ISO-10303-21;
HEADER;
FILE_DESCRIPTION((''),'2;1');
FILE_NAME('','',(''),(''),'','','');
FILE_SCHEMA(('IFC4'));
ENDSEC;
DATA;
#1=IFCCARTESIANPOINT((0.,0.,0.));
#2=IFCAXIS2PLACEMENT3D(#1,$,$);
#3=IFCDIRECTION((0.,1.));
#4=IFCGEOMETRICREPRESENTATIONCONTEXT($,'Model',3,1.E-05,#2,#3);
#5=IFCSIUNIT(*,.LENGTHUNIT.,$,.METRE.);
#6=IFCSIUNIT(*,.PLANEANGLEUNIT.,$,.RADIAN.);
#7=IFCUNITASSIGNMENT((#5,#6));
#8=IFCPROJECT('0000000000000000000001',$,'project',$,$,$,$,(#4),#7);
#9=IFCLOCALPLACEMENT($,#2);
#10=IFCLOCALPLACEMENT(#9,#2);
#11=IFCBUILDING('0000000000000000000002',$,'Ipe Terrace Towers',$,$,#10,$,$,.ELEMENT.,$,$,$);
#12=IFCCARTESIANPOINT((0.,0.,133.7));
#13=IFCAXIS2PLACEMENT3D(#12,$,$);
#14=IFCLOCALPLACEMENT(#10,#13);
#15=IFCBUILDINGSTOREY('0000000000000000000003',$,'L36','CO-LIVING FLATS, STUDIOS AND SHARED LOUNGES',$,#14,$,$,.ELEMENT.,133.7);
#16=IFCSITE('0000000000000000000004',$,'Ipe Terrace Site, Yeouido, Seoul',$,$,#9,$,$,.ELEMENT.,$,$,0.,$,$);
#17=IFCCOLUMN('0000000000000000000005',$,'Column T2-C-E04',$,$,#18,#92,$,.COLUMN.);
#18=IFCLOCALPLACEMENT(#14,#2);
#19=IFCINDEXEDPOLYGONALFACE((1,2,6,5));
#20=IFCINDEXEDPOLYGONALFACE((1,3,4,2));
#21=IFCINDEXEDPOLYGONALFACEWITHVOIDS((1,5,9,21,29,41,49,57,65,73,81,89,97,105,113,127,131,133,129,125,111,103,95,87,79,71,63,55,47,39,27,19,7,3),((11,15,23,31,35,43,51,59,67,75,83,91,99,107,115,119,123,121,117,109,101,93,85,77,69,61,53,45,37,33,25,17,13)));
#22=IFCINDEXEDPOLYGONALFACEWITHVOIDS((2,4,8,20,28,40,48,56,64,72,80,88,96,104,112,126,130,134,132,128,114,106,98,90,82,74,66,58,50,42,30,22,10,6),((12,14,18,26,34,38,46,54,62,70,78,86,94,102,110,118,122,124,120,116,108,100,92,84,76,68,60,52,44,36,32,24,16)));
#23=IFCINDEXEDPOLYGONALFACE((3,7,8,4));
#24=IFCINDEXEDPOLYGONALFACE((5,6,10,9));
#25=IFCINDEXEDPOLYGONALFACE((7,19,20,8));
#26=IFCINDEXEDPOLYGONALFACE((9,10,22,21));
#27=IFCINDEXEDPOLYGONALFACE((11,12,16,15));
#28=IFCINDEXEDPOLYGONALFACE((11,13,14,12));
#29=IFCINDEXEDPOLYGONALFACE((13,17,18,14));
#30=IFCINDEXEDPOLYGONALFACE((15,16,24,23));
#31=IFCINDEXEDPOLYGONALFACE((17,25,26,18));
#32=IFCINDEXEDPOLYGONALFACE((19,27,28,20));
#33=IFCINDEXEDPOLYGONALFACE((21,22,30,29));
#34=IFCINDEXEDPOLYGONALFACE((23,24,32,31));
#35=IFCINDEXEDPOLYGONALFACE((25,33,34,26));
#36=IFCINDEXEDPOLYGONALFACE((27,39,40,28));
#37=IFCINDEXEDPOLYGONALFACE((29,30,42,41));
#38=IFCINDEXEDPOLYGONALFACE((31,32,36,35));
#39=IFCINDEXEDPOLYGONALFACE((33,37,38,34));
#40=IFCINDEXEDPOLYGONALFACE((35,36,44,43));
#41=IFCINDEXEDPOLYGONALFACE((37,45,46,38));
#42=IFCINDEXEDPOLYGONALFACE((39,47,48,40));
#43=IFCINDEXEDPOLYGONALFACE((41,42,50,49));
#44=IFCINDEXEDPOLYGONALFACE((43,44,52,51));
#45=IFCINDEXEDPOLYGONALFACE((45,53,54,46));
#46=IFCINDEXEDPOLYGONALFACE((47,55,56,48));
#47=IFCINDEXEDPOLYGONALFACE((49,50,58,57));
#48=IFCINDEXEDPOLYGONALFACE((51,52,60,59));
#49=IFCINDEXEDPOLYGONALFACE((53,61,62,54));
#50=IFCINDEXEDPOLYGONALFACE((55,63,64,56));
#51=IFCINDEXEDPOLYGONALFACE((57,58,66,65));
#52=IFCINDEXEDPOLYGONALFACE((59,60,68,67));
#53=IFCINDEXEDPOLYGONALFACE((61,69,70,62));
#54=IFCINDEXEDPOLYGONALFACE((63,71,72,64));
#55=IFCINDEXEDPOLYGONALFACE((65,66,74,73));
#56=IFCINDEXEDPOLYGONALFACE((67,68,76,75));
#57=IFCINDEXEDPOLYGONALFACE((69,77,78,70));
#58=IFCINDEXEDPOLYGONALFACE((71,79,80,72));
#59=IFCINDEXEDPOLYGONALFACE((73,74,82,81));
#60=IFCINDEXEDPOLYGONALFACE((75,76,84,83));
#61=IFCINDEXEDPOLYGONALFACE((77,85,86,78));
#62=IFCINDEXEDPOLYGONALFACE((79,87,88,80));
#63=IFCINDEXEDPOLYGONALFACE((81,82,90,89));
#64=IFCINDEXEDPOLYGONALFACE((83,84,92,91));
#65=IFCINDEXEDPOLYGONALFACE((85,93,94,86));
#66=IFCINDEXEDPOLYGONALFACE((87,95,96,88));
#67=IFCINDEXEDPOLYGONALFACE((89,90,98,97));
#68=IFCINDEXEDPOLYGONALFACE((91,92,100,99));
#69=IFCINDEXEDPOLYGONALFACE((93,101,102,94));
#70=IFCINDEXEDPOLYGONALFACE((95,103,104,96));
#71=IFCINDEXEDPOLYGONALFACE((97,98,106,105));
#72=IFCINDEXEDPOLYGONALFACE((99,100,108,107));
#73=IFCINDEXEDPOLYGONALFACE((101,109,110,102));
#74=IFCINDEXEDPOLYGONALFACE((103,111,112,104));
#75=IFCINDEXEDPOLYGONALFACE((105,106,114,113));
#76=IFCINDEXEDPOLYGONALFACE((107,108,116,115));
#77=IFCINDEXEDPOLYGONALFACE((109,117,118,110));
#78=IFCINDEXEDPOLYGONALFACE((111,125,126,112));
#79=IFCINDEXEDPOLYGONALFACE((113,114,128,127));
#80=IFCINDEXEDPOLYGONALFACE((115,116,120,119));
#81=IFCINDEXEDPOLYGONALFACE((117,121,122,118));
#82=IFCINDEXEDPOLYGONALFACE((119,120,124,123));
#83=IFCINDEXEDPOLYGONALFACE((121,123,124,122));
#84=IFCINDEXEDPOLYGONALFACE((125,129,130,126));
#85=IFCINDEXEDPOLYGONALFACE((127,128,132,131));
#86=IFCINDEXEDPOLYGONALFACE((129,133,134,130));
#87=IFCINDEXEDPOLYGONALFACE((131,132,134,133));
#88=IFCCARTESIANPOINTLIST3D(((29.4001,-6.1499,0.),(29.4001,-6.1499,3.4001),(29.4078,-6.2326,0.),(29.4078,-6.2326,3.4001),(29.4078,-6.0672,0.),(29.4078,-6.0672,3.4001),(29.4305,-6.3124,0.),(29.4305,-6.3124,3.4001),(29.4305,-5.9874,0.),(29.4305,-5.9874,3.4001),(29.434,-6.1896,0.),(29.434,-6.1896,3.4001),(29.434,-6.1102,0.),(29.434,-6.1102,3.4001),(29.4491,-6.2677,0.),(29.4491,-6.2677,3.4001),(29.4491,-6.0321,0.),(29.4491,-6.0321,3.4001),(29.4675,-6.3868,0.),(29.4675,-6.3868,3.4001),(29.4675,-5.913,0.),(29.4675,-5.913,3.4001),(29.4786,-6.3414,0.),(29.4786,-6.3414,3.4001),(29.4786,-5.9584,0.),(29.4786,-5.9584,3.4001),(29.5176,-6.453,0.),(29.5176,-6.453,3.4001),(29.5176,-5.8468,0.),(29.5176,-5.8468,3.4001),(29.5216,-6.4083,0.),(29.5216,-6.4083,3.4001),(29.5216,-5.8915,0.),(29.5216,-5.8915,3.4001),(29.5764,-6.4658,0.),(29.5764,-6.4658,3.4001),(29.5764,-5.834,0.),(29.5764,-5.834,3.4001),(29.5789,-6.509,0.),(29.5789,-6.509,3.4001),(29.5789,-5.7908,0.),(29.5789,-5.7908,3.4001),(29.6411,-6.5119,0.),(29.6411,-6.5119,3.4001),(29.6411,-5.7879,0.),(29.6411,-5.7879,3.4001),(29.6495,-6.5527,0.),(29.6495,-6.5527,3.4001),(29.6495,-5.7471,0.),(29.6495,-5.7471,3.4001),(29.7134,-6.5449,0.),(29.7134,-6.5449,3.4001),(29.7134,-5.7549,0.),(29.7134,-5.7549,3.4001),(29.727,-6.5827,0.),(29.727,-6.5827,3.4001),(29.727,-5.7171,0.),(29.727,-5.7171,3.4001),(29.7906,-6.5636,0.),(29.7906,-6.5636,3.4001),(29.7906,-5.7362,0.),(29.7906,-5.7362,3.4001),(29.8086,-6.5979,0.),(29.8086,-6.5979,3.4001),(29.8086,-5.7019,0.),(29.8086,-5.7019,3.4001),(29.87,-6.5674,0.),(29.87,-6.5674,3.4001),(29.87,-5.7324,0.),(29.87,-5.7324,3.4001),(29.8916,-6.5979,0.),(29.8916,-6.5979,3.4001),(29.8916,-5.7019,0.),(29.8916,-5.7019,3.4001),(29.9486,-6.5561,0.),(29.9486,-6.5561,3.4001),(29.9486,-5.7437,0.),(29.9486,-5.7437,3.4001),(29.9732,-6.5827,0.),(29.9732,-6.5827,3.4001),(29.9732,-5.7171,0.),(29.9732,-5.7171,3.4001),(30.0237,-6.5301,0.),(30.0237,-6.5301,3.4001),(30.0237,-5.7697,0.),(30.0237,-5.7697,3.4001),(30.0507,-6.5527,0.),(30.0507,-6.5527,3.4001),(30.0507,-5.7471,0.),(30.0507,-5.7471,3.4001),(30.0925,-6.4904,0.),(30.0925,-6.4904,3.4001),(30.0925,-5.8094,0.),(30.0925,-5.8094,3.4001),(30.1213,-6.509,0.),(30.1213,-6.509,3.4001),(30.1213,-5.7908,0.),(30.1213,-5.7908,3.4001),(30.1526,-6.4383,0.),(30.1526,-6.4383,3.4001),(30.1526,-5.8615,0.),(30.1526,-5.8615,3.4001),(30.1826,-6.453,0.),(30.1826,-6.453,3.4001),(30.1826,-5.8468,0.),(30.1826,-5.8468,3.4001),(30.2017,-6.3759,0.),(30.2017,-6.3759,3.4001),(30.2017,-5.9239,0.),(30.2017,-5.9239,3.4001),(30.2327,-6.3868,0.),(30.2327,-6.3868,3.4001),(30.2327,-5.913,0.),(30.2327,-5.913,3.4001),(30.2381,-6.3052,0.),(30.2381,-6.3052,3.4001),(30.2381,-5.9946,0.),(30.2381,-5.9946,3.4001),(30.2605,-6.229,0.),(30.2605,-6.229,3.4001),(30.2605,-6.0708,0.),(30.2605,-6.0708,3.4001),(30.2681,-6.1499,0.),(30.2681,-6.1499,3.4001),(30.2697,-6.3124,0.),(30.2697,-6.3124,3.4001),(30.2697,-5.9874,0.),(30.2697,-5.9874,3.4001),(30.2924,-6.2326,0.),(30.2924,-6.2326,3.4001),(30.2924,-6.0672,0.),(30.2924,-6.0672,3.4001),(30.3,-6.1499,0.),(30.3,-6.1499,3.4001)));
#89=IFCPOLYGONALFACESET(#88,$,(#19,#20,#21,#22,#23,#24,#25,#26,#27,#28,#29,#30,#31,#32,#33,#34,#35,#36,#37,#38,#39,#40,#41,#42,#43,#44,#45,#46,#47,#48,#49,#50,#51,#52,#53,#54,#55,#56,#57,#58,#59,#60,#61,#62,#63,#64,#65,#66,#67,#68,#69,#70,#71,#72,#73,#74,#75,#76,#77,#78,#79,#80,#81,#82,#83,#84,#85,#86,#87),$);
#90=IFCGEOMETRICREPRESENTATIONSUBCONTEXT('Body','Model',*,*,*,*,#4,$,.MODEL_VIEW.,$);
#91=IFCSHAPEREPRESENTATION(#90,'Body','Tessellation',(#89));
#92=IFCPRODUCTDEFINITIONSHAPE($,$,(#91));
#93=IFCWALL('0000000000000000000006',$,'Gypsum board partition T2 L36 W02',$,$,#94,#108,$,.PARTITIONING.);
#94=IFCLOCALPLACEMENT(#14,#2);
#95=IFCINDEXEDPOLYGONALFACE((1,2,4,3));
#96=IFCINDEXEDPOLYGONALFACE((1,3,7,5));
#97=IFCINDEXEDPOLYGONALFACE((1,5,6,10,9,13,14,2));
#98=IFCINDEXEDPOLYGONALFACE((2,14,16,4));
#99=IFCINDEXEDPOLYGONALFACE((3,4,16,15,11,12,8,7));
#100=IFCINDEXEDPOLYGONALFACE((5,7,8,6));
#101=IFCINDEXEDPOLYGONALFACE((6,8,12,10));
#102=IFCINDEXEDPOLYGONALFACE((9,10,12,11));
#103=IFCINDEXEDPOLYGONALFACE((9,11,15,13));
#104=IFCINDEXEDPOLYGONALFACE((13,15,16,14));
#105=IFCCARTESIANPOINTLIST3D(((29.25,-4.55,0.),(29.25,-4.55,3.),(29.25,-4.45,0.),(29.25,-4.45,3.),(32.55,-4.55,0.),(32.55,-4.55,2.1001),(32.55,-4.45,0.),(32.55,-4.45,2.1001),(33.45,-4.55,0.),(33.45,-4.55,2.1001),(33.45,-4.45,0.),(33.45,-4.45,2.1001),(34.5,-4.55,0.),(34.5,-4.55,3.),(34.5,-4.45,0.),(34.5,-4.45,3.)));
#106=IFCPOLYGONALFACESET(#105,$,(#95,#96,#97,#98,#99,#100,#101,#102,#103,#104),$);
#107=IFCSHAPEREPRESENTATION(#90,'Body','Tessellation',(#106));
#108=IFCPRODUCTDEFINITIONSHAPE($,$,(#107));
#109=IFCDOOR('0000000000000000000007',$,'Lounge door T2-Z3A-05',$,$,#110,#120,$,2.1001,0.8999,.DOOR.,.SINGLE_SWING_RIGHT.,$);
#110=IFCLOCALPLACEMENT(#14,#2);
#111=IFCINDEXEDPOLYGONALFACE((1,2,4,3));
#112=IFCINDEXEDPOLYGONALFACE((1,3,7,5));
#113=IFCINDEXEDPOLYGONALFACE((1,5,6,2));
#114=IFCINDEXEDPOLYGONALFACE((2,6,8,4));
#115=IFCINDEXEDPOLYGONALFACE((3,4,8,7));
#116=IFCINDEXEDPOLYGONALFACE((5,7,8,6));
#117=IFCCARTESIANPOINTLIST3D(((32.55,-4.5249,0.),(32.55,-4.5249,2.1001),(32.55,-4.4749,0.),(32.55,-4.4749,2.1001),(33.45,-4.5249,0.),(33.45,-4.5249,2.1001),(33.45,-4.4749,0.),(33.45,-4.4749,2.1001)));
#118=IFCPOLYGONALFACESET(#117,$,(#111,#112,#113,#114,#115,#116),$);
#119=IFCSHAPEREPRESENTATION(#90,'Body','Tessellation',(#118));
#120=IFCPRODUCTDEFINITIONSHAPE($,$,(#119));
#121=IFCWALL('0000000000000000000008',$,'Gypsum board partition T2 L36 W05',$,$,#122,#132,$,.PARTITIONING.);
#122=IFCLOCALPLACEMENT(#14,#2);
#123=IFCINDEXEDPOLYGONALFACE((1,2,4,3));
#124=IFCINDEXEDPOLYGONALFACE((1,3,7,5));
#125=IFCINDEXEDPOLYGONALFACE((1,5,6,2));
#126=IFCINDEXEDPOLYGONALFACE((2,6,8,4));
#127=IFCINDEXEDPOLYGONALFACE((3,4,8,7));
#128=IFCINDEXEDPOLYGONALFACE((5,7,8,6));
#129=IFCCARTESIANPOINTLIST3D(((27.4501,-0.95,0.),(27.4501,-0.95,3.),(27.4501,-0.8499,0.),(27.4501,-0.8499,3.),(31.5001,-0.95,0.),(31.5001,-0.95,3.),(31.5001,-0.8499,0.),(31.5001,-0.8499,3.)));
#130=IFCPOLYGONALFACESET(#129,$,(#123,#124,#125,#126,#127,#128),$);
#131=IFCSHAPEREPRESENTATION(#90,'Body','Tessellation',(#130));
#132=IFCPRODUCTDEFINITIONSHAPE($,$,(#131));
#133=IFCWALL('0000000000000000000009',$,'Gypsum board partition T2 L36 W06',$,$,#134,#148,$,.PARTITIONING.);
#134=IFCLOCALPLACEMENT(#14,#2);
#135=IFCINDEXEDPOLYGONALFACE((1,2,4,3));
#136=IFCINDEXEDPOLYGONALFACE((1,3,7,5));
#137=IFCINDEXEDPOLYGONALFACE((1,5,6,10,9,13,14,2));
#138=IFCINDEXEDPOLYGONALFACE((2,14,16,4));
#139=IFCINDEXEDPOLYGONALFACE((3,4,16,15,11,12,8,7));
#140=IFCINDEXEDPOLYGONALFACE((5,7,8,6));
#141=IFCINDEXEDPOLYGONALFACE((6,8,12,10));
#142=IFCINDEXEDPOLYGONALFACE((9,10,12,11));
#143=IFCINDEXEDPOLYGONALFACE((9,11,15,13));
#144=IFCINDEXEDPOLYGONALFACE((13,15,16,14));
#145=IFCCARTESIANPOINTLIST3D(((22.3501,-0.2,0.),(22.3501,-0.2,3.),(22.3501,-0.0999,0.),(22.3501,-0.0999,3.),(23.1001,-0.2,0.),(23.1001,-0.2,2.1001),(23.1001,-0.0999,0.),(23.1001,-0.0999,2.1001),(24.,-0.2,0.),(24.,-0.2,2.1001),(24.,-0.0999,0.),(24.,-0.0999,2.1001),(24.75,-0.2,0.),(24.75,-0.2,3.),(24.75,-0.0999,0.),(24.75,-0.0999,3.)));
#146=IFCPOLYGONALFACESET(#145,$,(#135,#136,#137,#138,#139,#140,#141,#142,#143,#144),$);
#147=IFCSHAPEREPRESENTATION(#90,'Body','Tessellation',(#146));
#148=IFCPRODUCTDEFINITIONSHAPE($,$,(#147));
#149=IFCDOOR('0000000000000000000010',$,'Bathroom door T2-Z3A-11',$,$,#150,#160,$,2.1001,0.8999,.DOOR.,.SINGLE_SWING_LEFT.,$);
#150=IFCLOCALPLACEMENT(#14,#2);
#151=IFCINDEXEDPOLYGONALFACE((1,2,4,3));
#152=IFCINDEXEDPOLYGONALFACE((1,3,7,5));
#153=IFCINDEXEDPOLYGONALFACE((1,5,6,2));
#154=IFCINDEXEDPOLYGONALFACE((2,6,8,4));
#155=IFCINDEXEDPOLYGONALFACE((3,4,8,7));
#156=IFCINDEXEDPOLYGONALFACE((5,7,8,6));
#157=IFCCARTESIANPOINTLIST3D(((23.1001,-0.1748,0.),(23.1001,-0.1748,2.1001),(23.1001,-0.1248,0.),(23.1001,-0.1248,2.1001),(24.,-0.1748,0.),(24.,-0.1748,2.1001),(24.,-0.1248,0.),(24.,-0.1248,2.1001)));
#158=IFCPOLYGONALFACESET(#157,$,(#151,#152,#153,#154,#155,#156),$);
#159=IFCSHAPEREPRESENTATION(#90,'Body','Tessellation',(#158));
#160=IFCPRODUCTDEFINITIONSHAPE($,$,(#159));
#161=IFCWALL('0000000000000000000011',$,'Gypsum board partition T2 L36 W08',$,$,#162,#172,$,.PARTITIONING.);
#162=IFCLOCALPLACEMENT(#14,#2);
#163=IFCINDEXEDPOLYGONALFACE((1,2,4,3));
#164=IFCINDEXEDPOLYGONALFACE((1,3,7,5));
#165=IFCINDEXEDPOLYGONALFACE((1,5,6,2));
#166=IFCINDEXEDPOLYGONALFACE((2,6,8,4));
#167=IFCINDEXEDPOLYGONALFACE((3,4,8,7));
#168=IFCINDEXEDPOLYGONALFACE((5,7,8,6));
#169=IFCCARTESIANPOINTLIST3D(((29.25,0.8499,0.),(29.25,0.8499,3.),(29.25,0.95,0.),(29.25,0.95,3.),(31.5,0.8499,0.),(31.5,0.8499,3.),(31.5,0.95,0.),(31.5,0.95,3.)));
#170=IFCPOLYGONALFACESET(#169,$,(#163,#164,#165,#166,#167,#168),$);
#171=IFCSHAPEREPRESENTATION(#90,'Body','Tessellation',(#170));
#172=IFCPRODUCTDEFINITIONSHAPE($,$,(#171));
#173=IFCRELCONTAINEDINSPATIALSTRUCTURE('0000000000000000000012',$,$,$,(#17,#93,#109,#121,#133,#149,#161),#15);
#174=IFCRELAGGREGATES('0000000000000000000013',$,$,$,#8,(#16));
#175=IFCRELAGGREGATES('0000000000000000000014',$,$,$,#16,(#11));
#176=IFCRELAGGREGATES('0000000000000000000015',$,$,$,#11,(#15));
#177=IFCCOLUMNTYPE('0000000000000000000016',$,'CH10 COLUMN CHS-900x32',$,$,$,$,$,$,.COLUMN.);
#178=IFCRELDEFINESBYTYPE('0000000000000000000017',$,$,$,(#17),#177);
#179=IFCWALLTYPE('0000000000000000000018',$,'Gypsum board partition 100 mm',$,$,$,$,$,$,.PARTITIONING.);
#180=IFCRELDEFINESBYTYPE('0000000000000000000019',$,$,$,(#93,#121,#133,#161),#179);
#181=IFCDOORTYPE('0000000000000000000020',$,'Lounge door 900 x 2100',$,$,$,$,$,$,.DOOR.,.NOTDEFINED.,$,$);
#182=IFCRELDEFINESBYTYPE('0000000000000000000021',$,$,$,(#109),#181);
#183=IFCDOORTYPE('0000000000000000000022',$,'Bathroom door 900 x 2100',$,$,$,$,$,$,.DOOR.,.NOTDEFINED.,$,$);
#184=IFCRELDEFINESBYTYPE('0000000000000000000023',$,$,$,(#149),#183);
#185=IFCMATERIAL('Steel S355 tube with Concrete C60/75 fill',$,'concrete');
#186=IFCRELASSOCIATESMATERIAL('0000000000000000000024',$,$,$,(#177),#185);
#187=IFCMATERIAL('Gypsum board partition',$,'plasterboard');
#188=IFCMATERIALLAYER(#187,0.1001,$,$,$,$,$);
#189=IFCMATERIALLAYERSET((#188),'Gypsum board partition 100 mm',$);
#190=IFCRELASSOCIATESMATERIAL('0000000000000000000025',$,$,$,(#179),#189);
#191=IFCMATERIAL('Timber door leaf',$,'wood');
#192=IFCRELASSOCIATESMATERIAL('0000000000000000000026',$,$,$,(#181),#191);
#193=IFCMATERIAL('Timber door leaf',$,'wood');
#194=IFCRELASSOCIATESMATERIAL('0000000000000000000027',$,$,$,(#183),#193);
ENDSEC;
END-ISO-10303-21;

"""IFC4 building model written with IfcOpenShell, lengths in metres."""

from ifc_helpers import new_model, si_unit, direction, frame, frame_2d, origin, origin_2d, place, context, subcontext, project, spatial, rectangle, hollow_circle, extrude, material, layer, layer_set, material_profile, profile_set, type_object, element, fill, save


model = new_model("IFC4")

# Units and contexts
model_context = context("Model", 3, precision=1e-05, world=origin(), true_north=direction((0.0, 1.0)))
body_context = subcontext(model_context, "Body", "Model", "MODEL_VIEW")
ifc_project = project(units=[si_unit("LENGTHUNIT", "METRE"), si_unit("PLANEANGLEUNIT", "RADIAN")], contexts=[model_context])

# Site, building, storey
site_placement = place(None, origin())
site = spatial("IfcSite", under=ifc_project, at=site_placement, Name="Ipe Terrace Site, Yeouido, Seoul", CompositionType="ELEMENT", RefElevation=0.0)
building_placement = place(site_placement, origin())
building = spatial("IfcBuilding", under=site, at=building_placement, Name="Ipe Terrace Towers", CompositionType="ELEMENT")
storey_placement = place(building_placement, frame((0.0, 0.0, 133.7)))
storey = spatial("IfcBuildingStorey", under=building, at=storey_placement, Name="L36", Description="CO-LIVING FLATS, STUDIOS AND SHARED LOUNGES", CompositionType="ELEMENT", Elevation=133.7)

# Column
ifc_material_1 = material(Name="Steel S355 tube with Concrete C60/75 fill", Category="concrete")
ifc_material_profile = material_profile(ifc_material_1, hollow_circle(Radius=0.45, WallThickness=0.032, at=origin_2d()), Name="CHS-900x32")
ifc_profile_set = profile_set([ifc_material_profile], Name="Steel S355 tube with Concrete C60/75 fill")
column_type = type_object("IfcColumnType", Name="CH10 COLUMN CHS-900x32", PredefinedType="COLUMN", material=ifc_profile_set)
column_placement = place(storey_placement, frame((29.8501, -6.1499, 0.0), z_axis=(0.0, 0.0, 1.0), x_axis=(1.0, 0.0, 0.0)))
element("IfcColumn", 1, at=column_placement, inside=storey, type_object=column_type, Name="Column T2-C-E04", PredefinedType="COLUMN", context=body_context, shape_type="SweptSolid", body=[
    extrude(hollow_circle(Radius=0.45, WallThickness=0.032, at=origin_2d()), origin(), (0.0, 0.0, 1.0), 3.4001),
])

# Wall, opening, door
ifc_material_2 = material(Name="Gypsum board partition", Category="plasterboard")
ifc_layer = layer(ifc_material_2, 0.1001)
ifc_layer_set = layer_set([ifc_layer], Name="Gypsum board partition 100 mm")
wall_type = type_object("IfcWallType", Name="Gypsum board partition 100 mm", PredefinedType="PARTITIONING", material=ifc_layer_set)
wall_1_placement = place(storey_placement, frame((34.5, -4.5, 0.0), z_axis=(0.0, 0.0, 1.0), x_axis=(-1.0, 0.0, 0.0)))
wall_1 = element("IfcWall", 2, at=wall_1_placement, inside=storey, type_object=wall_type, Name="Gypsum board partition T2 L36 W02", PredefinedType="PARTITIONING", context=body_context, shape_type="SweptSolid", body=[
    extrude(rectangle(XDim=5.25, YDim=0.1001, at=frame_2d((2.625, 0.0))), origin(), (0.0, 0.0, 1.0), 3.0),
])
opening_1_placement = place(wall_1_placement, frame((1.05, 0.0, 0.0)))
opening_1 = element("IfcOpeningElement", 3, at=opening_1_placement, cuts=wall_1, PredefinedType="OPENING", context=body_context, shape_type="SweptSolid", body=[
    extrude(rectangle(XDim=0.8999, YDim=2.1001, at=frame_2d((0.45, 1.05))), frame((0.0, 0.0601, 0.0), z_axis=(0.0, -1.0, 0.0), x_axis=(1.0, 0.0, 0.0)), (0.0, 0.0, 1.0), 0.1201),
])
ifc_material_3 = material(Name="Timber door leaf", Category="wood")
door_type_1 = type_object("IfcDoorType", Name="Lounge door 900 x 2100", OperationType="NOTDEFINED", PredefinedType="DOOR", material=ifc_material_3)
door_1_placement = place(opening_1_placement, origin())
door_1 = element("IfcDoor", 4, at=door_1_placement, inside=storey, type_object=door_type_1, Name="Lounge door T2-Z3A-05", OperationType="SINGLE_SWING_RIGHT", OverallHeight=2.1001, OverallWidth=0.8999, PredefinedType="DOOR", context=body_context, shape_type="SweptSolid", body=[
    extrude(rectangle(XDim=0.8999, YDim=2.1001, at=frame_2d((0.45, 1.05))), frame((0.0, 0.0249, 0.0), z_axis=(0.0, -1.0, 0.0), x_axis=(1.0, 0.0, 0.0)), (0.0, 0.0, 1.0), 0.05),
])
fill(opening_1, door_1)

# Wall
wall_2_placement = place(storey_placement, frame((31.5, -0.8999, 0.0), z_axis=(0.0, 0.0, 1.0), x_axis=(-1.0, 0.0, 0.0)))
element("IfcWall", 5, at=wall_2_placement, inside=storey, type_object=wall_type, Name="Gypsum board partition T2 L36 W05", PredefinedType="PARTITIONING", context=body_context, shape_type="SweptSolid", body=[
    extrude(rectangle(XDim=4.05, YDim=0.1001, at=frame_2d((2.0249, 0.0))), origin(), (0.0, 0.0, 1.0), 3.0),
])

# Wall, opening, door
wall_3_placement = place(storey_placement, frame((24.75, -0.1499, 0.0), z_axis=(0.0, 0.0, 1.0), x_axis=(-1.0, 0.0, 0.0)))
wall_3 = element("IfcWall", 6, at=wall_3_placement, inside=storey, type_object=wall_type, Name="Gypsum board partition T2 L36 W06", PredefinedType="PARTITIONING", context=body_context, shape_type="SweptSolid", body=[
    extrude(rectangle(XDim=2.3999, YDim=0.1001, at=frame_2d((1.2, 0.0))), origin(), (0.0, 0.0, 1.0), 3.0),
])
opening_2_placement = place(wall_3_placement, frame((0.75, 0.0, 0.0)))
opening_2 = element("IfcOpeningElement", 7, at=opening_2_placement, cuts=wall_3, PredefinedType="OPENING", context=body_context, shape_type="SweptSolid", body=[
    extrude(rectangle(XDim=0.8999, YDim=2.1001, at=frame_2d((0.45, 1.05))), frame((0.0, 0.0601, 0.0), z_axis=(0.0, -1.0, 0.0), x_axis=(1.0, 0.0, 0.0)), (0.0, 0.0, 1.0), 0.1201),
])
ifc_material_4 = material(Name="Timber door leaf", Category="wood")
door_type_2 = type_object("IfcDoorType", Name="Bathroom door 900 x 2100", OperationType="NOTDEFINED", PredefinedType="DOOR", material=ifc_material_4)
door_2_placement = place(opening_2_placement, origin())
door_2 = element("IfcDoor", 8, at=door_2_placement, inside=storey, type_object=door_type_2, Name="Bathroom door T2-Z3A-11", OperationType="SINGLE_SWING_LEFT", OverallHeight=2.1001, OverallWidth=0.8999, PredefinedType="DOOR", context=body_context, shape_type="SweptSolid", body=[
    extrude(rectangle(XDim=0.8999, YDim=2.1001, at=frame_2d((0.45, 1.05))), frame((0.0, 0.0249, 0.0), z_axis=(0.0, -1.0, 0.0), x_axis=(1.0, 0.0, 0.0)), (0.0, 0.0, 1.0), 0.05),
])
fill(opening_2, door_2)

# Wall
wall_4_placement = place(storey_placement, frame((31.5, 0.8999, 0.0), z_axis=(0.0, 0.0, 1.0), x_axis=(-1.0, 0.0, 0.0)))
element("IfcWall", 9, at=wall_4_placement, inside=storey, type_object=wall_type, Name="Gypsum board partition T2 L36 W08", PredefinedType="PARTITIONING", context=body_context, shape_type="SweptSolid", body=[
    extrude(rectangle(XDim=2.25, YDim=0.1001, at=frame_2d((1.125, 0.0))), origin(), (0.0, 0.0, 1.0), 3.0),
])

save(model, "model.ifc")
